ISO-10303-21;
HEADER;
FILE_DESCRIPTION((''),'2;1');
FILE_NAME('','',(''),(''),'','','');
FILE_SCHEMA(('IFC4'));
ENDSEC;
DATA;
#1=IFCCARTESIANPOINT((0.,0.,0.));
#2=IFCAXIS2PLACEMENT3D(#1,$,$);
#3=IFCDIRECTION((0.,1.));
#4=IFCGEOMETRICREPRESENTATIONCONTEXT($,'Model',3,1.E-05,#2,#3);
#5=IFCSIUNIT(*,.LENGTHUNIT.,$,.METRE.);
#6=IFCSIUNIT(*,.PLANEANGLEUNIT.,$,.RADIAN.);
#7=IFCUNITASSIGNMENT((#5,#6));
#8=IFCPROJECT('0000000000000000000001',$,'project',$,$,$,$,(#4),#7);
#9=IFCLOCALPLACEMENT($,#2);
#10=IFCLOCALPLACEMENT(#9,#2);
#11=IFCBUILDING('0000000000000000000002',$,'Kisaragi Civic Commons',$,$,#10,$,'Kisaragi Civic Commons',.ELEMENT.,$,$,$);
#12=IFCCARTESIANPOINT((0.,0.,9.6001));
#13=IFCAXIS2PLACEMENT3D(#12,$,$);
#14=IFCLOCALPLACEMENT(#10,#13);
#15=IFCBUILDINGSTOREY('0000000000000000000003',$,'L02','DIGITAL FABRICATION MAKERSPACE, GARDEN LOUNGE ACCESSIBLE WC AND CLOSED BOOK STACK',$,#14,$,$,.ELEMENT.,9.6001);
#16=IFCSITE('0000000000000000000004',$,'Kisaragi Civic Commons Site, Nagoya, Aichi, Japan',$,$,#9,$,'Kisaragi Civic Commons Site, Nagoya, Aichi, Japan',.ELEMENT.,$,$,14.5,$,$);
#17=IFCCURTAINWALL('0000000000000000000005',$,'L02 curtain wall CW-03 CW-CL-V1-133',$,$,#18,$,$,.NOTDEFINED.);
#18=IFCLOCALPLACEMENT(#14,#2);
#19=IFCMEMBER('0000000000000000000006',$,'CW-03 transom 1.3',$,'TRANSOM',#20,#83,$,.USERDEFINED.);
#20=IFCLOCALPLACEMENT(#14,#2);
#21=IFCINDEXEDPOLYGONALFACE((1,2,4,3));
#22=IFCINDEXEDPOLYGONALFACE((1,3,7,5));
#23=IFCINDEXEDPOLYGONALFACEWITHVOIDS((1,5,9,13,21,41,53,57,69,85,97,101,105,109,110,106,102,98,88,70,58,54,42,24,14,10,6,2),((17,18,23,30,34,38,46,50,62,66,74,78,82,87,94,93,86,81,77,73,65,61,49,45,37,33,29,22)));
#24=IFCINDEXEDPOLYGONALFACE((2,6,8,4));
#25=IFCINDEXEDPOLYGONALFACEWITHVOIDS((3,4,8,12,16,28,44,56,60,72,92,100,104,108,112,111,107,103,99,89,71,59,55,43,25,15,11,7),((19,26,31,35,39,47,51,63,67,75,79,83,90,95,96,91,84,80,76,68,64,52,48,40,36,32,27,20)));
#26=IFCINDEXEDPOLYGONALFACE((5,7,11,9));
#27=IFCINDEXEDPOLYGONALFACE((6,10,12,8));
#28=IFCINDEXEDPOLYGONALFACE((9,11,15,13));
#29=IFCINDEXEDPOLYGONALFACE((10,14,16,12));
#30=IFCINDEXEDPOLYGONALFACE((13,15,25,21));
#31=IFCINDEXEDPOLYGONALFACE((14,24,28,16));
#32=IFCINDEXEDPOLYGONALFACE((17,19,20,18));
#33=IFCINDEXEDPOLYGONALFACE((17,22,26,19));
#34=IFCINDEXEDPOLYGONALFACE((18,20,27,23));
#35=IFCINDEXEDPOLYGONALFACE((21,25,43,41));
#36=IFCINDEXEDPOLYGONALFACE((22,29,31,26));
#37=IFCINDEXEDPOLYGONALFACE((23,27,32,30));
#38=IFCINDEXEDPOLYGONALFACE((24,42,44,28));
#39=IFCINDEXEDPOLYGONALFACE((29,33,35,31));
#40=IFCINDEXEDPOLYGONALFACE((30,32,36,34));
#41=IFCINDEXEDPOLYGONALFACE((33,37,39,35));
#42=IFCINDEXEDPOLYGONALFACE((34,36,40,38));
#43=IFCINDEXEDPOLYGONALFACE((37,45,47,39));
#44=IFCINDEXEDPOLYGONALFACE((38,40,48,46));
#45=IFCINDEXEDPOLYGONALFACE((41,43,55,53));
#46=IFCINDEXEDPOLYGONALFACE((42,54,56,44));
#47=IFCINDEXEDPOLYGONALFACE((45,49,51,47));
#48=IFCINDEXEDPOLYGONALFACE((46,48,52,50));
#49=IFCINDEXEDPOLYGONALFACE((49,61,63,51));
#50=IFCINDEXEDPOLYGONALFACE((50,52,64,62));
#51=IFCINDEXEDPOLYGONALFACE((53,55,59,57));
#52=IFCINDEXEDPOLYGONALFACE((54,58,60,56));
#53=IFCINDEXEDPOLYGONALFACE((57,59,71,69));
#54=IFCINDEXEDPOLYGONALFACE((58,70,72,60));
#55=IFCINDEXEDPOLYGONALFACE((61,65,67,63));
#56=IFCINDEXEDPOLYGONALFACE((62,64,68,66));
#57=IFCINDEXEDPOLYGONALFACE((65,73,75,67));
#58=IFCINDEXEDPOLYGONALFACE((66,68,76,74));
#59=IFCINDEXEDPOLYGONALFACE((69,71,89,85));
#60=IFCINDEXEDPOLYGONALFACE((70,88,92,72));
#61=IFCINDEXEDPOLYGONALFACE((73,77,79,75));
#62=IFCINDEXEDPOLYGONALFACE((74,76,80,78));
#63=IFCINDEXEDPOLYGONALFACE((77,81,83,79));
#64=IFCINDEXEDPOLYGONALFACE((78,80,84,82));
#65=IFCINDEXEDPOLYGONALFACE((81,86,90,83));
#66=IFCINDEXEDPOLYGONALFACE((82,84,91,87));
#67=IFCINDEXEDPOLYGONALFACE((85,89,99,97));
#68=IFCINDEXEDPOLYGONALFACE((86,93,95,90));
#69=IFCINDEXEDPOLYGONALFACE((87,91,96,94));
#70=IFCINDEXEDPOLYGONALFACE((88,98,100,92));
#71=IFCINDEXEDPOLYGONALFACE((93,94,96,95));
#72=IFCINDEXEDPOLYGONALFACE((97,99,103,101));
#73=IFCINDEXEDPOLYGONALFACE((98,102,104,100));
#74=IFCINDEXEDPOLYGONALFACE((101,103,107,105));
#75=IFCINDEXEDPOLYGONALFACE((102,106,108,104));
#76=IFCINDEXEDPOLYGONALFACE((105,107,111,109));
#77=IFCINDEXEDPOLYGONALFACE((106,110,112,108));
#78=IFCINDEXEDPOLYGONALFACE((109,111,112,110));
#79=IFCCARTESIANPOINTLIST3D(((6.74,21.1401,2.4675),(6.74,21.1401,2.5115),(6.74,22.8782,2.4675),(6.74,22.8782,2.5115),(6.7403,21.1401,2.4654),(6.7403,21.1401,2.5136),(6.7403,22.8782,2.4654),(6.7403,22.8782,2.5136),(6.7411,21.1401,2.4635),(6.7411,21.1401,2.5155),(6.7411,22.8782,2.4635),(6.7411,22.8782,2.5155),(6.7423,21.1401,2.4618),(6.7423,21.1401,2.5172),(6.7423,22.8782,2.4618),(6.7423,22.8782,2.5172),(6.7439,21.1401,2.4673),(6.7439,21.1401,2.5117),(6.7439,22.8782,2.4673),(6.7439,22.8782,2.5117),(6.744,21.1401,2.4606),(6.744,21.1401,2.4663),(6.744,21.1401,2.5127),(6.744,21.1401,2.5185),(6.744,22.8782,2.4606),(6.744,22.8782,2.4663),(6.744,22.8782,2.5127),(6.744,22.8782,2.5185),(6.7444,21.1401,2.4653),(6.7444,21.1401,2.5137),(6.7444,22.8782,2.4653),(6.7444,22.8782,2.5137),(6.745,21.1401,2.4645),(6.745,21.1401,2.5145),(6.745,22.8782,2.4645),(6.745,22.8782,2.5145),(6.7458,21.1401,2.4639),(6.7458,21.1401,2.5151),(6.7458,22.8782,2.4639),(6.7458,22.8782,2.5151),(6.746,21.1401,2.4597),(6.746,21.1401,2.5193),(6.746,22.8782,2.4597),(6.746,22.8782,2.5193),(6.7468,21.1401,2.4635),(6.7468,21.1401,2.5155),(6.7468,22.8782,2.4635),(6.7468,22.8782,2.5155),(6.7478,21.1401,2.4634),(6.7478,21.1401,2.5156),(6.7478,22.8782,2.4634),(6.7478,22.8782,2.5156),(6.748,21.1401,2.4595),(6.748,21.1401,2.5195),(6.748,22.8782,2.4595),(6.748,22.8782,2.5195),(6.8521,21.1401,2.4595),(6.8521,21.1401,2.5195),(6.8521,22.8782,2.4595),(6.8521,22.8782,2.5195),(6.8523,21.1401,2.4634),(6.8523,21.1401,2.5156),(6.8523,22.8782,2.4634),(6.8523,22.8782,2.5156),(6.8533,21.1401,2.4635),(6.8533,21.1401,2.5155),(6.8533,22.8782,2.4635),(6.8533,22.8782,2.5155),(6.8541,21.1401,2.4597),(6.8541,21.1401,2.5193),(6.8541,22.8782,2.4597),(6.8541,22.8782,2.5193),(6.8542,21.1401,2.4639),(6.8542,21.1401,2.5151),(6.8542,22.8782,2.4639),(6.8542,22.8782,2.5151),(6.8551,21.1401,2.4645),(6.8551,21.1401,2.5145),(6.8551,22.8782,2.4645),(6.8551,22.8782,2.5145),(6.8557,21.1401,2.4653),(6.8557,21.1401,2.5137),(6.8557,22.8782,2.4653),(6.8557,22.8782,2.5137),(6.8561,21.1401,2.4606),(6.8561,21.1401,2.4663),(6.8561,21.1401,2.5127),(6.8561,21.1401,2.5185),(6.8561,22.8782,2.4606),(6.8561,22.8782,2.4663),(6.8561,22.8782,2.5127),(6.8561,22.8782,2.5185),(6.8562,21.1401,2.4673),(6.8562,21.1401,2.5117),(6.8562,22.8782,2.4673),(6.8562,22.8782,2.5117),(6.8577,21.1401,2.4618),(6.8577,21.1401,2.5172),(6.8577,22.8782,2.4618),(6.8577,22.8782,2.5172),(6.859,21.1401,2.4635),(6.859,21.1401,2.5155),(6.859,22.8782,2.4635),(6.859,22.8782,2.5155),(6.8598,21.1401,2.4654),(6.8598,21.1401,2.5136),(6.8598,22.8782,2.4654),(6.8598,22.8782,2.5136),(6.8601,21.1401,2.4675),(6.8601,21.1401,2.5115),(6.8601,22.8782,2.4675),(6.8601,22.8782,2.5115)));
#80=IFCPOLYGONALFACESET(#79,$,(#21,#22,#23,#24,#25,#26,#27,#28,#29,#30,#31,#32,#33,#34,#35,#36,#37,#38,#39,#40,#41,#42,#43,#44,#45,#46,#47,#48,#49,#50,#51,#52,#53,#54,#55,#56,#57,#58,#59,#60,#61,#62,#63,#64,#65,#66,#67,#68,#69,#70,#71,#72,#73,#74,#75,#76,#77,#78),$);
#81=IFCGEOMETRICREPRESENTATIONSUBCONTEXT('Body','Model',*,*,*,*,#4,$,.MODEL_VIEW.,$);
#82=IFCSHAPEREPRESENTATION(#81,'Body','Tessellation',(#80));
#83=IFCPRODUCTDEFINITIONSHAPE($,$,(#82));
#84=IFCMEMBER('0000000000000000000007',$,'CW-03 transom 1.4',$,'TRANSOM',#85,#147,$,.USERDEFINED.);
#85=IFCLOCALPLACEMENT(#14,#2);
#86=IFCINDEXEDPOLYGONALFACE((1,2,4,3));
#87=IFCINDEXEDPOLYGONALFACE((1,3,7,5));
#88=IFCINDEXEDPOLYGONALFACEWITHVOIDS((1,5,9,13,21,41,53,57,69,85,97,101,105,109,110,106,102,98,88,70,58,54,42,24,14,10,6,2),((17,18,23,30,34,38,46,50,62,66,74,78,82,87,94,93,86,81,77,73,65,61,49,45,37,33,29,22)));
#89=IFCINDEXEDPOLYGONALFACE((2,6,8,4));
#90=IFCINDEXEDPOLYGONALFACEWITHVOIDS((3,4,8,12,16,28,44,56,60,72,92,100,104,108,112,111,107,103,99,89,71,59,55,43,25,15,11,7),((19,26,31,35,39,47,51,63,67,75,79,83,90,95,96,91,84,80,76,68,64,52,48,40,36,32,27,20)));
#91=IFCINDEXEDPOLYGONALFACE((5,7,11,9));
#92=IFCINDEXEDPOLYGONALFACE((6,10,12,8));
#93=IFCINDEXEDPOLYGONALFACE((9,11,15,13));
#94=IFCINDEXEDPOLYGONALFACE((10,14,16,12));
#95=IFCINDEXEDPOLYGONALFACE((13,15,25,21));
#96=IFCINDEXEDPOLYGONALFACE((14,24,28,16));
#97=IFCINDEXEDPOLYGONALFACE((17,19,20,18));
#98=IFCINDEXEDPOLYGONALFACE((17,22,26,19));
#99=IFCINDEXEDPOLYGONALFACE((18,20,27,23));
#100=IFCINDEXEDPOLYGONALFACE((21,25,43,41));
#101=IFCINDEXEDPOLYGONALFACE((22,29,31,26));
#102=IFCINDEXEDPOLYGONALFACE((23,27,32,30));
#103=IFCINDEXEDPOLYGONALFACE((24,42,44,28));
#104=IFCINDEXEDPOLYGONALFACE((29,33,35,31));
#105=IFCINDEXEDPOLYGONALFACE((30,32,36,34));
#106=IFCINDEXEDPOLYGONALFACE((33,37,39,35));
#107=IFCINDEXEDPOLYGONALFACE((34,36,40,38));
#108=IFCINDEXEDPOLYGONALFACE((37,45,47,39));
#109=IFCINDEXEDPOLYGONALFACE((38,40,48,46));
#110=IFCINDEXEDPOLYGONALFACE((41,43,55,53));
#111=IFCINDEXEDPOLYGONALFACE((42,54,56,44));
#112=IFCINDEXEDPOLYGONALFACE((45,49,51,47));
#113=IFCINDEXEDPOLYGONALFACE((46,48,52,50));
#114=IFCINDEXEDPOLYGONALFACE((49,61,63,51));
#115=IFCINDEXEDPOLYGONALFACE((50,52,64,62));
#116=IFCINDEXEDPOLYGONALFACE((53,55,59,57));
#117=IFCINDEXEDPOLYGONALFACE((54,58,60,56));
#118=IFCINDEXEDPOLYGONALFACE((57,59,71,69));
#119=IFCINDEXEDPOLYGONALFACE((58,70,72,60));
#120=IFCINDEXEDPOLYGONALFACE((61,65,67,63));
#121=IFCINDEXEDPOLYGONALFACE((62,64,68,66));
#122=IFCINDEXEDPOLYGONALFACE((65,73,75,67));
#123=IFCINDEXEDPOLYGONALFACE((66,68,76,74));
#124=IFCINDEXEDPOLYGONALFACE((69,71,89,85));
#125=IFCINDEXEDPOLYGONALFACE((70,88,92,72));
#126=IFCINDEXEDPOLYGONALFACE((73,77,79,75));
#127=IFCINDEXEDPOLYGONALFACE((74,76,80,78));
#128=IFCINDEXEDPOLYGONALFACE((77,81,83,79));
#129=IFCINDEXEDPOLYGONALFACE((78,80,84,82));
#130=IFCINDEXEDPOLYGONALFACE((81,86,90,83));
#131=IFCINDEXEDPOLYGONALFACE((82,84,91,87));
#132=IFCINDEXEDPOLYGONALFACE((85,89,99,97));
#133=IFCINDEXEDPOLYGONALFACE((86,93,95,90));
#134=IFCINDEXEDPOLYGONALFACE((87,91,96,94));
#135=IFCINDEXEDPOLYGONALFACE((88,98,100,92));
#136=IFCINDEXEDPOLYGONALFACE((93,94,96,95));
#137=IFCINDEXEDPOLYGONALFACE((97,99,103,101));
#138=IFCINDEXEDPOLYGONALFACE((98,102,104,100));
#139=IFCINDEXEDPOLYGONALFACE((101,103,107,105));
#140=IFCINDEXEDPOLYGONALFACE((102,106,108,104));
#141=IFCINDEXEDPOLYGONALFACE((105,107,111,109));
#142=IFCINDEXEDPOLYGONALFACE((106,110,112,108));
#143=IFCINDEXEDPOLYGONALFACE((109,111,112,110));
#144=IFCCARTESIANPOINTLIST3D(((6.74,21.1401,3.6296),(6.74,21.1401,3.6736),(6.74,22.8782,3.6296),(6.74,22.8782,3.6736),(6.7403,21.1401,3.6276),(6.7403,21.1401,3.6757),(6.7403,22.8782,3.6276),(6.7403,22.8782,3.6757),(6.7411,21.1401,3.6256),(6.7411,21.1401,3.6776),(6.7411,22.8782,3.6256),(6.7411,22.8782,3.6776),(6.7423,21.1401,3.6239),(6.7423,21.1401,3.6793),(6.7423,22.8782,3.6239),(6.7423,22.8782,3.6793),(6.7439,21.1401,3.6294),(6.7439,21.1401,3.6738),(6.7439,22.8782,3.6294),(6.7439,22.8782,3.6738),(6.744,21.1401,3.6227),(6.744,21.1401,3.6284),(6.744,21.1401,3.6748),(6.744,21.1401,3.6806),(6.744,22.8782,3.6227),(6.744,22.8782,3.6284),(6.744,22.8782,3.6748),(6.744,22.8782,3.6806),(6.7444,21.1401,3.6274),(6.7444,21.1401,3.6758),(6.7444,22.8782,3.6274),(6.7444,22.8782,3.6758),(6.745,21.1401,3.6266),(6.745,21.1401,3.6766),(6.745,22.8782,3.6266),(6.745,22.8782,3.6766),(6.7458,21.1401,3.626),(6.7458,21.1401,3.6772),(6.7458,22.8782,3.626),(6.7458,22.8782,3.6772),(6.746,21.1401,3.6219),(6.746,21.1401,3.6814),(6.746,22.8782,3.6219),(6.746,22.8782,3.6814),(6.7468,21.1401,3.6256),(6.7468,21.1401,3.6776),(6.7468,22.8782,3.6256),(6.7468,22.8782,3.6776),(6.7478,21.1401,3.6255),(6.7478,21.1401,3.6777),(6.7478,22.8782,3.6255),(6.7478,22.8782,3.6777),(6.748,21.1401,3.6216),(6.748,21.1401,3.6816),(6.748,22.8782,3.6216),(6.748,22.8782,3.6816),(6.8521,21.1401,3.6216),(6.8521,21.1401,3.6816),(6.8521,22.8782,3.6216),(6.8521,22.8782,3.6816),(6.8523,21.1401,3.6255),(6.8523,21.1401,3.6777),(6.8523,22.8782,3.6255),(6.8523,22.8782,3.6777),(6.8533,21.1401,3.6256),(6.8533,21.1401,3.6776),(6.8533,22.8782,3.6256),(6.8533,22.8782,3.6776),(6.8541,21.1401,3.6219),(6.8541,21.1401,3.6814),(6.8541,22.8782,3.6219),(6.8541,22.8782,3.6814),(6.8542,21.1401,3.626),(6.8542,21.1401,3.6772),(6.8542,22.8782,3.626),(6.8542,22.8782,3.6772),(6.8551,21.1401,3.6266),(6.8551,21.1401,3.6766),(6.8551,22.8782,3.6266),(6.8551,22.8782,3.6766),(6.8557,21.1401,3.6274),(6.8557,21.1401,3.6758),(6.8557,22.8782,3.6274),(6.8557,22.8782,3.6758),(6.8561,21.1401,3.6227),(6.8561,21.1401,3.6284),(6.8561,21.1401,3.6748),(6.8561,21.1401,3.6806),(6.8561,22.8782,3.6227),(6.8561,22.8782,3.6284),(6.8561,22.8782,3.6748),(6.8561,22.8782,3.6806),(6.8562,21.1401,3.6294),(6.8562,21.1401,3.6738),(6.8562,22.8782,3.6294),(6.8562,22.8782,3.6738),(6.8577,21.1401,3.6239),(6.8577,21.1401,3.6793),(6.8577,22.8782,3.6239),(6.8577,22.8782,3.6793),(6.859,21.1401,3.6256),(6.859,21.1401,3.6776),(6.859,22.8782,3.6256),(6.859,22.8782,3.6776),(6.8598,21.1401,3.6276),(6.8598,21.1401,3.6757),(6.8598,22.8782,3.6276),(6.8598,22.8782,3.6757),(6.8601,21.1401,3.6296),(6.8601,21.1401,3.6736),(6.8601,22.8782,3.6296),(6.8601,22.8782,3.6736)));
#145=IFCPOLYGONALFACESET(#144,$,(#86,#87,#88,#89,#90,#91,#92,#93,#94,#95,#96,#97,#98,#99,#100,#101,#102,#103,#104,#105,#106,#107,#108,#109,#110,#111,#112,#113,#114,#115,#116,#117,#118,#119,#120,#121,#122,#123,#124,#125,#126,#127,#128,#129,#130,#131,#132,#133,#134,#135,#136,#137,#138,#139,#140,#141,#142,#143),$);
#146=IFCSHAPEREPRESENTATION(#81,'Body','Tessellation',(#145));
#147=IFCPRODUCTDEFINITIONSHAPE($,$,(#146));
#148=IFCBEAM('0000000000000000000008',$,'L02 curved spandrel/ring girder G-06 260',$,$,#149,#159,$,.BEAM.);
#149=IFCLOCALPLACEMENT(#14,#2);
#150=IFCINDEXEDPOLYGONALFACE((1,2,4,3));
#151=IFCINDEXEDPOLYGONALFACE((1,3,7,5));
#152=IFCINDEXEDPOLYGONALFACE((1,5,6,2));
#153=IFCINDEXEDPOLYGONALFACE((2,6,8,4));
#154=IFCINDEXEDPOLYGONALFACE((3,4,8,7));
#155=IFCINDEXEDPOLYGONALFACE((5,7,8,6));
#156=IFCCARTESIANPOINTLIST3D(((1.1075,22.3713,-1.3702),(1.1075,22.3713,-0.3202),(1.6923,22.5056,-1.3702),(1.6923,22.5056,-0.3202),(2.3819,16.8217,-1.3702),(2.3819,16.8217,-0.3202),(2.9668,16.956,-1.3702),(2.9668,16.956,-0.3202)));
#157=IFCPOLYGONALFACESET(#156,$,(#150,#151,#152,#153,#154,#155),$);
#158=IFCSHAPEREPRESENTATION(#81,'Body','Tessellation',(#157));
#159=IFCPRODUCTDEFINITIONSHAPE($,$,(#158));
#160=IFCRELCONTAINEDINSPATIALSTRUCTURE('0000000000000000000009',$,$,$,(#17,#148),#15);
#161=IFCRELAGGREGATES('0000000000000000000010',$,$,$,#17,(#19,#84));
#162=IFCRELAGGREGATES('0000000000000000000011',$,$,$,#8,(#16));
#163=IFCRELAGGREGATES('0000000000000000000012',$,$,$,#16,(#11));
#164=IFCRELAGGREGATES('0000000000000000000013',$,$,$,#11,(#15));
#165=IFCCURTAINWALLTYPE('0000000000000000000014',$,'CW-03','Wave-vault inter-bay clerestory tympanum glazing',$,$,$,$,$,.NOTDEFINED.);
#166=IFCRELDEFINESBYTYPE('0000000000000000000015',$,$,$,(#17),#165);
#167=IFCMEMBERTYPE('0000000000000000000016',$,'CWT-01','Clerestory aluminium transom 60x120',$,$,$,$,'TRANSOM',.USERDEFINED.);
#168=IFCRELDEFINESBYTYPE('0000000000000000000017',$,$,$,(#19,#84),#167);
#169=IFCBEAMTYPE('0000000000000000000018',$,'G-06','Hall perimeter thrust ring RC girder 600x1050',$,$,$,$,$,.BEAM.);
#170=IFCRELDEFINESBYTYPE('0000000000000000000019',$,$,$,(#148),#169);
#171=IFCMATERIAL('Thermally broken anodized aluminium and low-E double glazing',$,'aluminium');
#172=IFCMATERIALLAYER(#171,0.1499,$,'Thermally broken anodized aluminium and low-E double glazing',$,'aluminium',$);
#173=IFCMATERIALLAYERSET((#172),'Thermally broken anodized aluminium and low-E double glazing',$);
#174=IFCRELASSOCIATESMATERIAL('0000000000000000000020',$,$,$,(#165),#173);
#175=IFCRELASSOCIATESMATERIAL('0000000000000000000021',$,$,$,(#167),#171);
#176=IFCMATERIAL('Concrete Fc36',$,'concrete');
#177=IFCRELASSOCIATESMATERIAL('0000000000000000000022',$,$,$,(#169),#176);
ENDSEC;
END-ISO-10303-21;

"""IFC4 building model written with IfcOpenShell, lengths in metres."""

from ifc_helpers import new_model, si_unit, direction, frame, origin, origin_2d, place, context, subcontext, project, spatial, rectangle, hollow_rectangle, extrude, material, layer, layer_set, material_profile, profile_set, type_object, element, aggregate, save


model = new_model("IFC4")

# Units and contexts
model_context = context("Model", 3, precision=1e-05, world=origin(), true_north=direction((0.0, 1.0)))
body_context = subcontext(model_context, "Body", "Model", "MODEL_VIEW")
ifc_project = project(units=[si_unit("LENGTHUNIT", "METRE"), si_unit("PLANEANGLEUNIT", "RADIAN")], contexts=[model_context])

# Site, building, storey
site_placement = place(None, origin())
site = spatial("IfcSite", under=ifc_project, at=site_placement, Name="Kisaragi Civic Commons Site, Nagoya, Aichi, Japan", LongName="Kisaragi Civic Commons Site, Nagoya, Aichi, Japan", CompositionType="ELEMENT", RefElevation=14.5)
building_placement = place(site_placement, origin())
building = spatial("IfcBuilding", under=site, at=building_placement, Name="Kisaragi Civic Commons", LongName="Kisaragi Civic Commons", CompositionType="ELEMENT")
storey_placement = place(building_placement, frame((0.0, 0.0, 9.6001)))
storey = spatial("IfcBuildingStorey", under=building, at=storey_placement, Name="L02", Description="DIGITAL FABRICATION MAKERSPACE, GARDEN LOUNGE ACCESSIBLE WC AND CLOSED BOOK STACK", CompositionType="ELEMENT", Elevation=9.6001)

# Curtain wall, members
ifc_material_1 = material(Name="Thermally broken anodized aluminium and low-E double glazing", Category="aluminium")
ifc_layer_1 = layer(ifc_material_1, 0.1499, Name="Thermally broken anodized aluminium and low-E double glazing", Category="aluminium")
ifc_layer_set_1 = layer_set([ifc_layer_1], Name="Thermally broken anodized aluminium and low-E double glazing")
curtain_wall_type = type_object("IfcCurtainWallType", Name="CW-03", Description="Wave-vault inter-bay clerestory tympanum glazing", PredefinedType="NOTDEFINED", material=ifc_layer_set_1)
curtain_wall_placement = place(storey_placement, origin())
curtain_wall = element("IfcCurtainWall", 1, at=curtain_wall_placement, inside=storey, type_object=curtain_wall_type, Name="L02 curtain wall CW-03 CW-CL-V1-133", PredefinedType="NOTDEFINED")
ifc_material_profile_1 = material_profile(ifc_material_1, hollow_rectangle(XDim=0.1201, YDim=0.0601, WallThickness=0.0039, InnerFilletRadius=0.0039, OuterFilletRadius=0.0081, at=origin_2d()), Name="CWT-60x120x4", Category="aluminium")
ifc_profile_set_1 = profile_set([ifc_material_profile_1], Name="Thermally broken anodized aluminium and low-E double glazing")
member_type_1 = type_object("IfcMemberType", Name="CWT-01", Description="Clerestory aluminium transom 60x120", ElementType="TRANSOM", PredefinedType="USERDEFINED", material=ifc_profile_set_1)
member_1_placement = place(storey_placement, frame((6.8, 21.1401, 2.4895), z_axis=(0.0, 1.0, 0.0), x_axis=(-1.0, 0.0, 0.0)))
member_1 = element("IfcMember", 2, at=member_1_placement, type_object=member_type_1, Name="CW-03 transom 1.3", ObjectType="TRANSOM", PredefinedType="USERDEFINED", context=body_context, shape_type="SweptSolid", body=[
    extrude(hollow_rectangle(XDim=0.1201, YDim=0.0601, WallThickness=0.0039, InnerFilletRadius=0.0039, OuterFilletRadius=0.0081, at=origin_2d()), origin(), (0.0, 0.0, 1.0), 1.738),
])
member_2_placement = place(storey_placement, frame((6.8, 21.1401, 3.6516), z_axis=(0.0, 1.0, 0.0), x_axis=(-1.0, 0.0, 0.0)))
member_2 = element("IfcMember", 3, at=member_2_placement, type_object=member_type_1, Name="CW-03 transom 1.4", ObjectType="TRANSOM", PredefinedType="USERDEFINED", context=body_context, shape_type="SweptSolid", body=[
    extrude(hollow_rectangle(XDim=0.1201, YDim=0.0601, WallThickness=0.0039, InnerFilletRadius=0.0039, OuterFilletRadius=0.0081, at=origin_2d()), origin(), (0.0, 0.0, 1.0), 1.738),
])

# Beam
ifc_material_2 = material(Name="Concrete Fc36", Category="concrete")
ifc_material_profile_2 = material_profile(ifc_material_2, rectangle(XDim=0.6001, YDim=1.05, at=origin_2d()), Name="RC-600x1050", Category="concrete")
ifc_profile_set_2 = profile_set([ifc_material_profile_2], Name="Concrete Fc36")
beam_type = type_object("IfcBeamType", Name="G-06", Description="Hall perimeter thrust ring RC girder 600x1050", PredefinedType="BEAM", material=ifc_profile_set_2)
beam_placement = place(storey_placement, frame((1.3999, 22.4385, -0.8452), z_axis=(0.223817, -0.974631, 0.0), x_axis=(0.974631, 0.223817, 0.0)))
element("IfcBeam", 4, at=beam_placement, inside=storey, type_object=beam_type, Name="L02 curved spandrel/ring girder G-06 260", PredefinedType="BEAM", context=body_context, shape_type="SweptSolid", body=[
    extrude(rectangle(XDim=0.6001, YDim=1.05, at=origin_2d()), origin(), (0.0, 0.0, 1.0), 5.6941),
])

aggregate(curtain_wall, [member_1, member_2])

save(model, "model.ifc")
